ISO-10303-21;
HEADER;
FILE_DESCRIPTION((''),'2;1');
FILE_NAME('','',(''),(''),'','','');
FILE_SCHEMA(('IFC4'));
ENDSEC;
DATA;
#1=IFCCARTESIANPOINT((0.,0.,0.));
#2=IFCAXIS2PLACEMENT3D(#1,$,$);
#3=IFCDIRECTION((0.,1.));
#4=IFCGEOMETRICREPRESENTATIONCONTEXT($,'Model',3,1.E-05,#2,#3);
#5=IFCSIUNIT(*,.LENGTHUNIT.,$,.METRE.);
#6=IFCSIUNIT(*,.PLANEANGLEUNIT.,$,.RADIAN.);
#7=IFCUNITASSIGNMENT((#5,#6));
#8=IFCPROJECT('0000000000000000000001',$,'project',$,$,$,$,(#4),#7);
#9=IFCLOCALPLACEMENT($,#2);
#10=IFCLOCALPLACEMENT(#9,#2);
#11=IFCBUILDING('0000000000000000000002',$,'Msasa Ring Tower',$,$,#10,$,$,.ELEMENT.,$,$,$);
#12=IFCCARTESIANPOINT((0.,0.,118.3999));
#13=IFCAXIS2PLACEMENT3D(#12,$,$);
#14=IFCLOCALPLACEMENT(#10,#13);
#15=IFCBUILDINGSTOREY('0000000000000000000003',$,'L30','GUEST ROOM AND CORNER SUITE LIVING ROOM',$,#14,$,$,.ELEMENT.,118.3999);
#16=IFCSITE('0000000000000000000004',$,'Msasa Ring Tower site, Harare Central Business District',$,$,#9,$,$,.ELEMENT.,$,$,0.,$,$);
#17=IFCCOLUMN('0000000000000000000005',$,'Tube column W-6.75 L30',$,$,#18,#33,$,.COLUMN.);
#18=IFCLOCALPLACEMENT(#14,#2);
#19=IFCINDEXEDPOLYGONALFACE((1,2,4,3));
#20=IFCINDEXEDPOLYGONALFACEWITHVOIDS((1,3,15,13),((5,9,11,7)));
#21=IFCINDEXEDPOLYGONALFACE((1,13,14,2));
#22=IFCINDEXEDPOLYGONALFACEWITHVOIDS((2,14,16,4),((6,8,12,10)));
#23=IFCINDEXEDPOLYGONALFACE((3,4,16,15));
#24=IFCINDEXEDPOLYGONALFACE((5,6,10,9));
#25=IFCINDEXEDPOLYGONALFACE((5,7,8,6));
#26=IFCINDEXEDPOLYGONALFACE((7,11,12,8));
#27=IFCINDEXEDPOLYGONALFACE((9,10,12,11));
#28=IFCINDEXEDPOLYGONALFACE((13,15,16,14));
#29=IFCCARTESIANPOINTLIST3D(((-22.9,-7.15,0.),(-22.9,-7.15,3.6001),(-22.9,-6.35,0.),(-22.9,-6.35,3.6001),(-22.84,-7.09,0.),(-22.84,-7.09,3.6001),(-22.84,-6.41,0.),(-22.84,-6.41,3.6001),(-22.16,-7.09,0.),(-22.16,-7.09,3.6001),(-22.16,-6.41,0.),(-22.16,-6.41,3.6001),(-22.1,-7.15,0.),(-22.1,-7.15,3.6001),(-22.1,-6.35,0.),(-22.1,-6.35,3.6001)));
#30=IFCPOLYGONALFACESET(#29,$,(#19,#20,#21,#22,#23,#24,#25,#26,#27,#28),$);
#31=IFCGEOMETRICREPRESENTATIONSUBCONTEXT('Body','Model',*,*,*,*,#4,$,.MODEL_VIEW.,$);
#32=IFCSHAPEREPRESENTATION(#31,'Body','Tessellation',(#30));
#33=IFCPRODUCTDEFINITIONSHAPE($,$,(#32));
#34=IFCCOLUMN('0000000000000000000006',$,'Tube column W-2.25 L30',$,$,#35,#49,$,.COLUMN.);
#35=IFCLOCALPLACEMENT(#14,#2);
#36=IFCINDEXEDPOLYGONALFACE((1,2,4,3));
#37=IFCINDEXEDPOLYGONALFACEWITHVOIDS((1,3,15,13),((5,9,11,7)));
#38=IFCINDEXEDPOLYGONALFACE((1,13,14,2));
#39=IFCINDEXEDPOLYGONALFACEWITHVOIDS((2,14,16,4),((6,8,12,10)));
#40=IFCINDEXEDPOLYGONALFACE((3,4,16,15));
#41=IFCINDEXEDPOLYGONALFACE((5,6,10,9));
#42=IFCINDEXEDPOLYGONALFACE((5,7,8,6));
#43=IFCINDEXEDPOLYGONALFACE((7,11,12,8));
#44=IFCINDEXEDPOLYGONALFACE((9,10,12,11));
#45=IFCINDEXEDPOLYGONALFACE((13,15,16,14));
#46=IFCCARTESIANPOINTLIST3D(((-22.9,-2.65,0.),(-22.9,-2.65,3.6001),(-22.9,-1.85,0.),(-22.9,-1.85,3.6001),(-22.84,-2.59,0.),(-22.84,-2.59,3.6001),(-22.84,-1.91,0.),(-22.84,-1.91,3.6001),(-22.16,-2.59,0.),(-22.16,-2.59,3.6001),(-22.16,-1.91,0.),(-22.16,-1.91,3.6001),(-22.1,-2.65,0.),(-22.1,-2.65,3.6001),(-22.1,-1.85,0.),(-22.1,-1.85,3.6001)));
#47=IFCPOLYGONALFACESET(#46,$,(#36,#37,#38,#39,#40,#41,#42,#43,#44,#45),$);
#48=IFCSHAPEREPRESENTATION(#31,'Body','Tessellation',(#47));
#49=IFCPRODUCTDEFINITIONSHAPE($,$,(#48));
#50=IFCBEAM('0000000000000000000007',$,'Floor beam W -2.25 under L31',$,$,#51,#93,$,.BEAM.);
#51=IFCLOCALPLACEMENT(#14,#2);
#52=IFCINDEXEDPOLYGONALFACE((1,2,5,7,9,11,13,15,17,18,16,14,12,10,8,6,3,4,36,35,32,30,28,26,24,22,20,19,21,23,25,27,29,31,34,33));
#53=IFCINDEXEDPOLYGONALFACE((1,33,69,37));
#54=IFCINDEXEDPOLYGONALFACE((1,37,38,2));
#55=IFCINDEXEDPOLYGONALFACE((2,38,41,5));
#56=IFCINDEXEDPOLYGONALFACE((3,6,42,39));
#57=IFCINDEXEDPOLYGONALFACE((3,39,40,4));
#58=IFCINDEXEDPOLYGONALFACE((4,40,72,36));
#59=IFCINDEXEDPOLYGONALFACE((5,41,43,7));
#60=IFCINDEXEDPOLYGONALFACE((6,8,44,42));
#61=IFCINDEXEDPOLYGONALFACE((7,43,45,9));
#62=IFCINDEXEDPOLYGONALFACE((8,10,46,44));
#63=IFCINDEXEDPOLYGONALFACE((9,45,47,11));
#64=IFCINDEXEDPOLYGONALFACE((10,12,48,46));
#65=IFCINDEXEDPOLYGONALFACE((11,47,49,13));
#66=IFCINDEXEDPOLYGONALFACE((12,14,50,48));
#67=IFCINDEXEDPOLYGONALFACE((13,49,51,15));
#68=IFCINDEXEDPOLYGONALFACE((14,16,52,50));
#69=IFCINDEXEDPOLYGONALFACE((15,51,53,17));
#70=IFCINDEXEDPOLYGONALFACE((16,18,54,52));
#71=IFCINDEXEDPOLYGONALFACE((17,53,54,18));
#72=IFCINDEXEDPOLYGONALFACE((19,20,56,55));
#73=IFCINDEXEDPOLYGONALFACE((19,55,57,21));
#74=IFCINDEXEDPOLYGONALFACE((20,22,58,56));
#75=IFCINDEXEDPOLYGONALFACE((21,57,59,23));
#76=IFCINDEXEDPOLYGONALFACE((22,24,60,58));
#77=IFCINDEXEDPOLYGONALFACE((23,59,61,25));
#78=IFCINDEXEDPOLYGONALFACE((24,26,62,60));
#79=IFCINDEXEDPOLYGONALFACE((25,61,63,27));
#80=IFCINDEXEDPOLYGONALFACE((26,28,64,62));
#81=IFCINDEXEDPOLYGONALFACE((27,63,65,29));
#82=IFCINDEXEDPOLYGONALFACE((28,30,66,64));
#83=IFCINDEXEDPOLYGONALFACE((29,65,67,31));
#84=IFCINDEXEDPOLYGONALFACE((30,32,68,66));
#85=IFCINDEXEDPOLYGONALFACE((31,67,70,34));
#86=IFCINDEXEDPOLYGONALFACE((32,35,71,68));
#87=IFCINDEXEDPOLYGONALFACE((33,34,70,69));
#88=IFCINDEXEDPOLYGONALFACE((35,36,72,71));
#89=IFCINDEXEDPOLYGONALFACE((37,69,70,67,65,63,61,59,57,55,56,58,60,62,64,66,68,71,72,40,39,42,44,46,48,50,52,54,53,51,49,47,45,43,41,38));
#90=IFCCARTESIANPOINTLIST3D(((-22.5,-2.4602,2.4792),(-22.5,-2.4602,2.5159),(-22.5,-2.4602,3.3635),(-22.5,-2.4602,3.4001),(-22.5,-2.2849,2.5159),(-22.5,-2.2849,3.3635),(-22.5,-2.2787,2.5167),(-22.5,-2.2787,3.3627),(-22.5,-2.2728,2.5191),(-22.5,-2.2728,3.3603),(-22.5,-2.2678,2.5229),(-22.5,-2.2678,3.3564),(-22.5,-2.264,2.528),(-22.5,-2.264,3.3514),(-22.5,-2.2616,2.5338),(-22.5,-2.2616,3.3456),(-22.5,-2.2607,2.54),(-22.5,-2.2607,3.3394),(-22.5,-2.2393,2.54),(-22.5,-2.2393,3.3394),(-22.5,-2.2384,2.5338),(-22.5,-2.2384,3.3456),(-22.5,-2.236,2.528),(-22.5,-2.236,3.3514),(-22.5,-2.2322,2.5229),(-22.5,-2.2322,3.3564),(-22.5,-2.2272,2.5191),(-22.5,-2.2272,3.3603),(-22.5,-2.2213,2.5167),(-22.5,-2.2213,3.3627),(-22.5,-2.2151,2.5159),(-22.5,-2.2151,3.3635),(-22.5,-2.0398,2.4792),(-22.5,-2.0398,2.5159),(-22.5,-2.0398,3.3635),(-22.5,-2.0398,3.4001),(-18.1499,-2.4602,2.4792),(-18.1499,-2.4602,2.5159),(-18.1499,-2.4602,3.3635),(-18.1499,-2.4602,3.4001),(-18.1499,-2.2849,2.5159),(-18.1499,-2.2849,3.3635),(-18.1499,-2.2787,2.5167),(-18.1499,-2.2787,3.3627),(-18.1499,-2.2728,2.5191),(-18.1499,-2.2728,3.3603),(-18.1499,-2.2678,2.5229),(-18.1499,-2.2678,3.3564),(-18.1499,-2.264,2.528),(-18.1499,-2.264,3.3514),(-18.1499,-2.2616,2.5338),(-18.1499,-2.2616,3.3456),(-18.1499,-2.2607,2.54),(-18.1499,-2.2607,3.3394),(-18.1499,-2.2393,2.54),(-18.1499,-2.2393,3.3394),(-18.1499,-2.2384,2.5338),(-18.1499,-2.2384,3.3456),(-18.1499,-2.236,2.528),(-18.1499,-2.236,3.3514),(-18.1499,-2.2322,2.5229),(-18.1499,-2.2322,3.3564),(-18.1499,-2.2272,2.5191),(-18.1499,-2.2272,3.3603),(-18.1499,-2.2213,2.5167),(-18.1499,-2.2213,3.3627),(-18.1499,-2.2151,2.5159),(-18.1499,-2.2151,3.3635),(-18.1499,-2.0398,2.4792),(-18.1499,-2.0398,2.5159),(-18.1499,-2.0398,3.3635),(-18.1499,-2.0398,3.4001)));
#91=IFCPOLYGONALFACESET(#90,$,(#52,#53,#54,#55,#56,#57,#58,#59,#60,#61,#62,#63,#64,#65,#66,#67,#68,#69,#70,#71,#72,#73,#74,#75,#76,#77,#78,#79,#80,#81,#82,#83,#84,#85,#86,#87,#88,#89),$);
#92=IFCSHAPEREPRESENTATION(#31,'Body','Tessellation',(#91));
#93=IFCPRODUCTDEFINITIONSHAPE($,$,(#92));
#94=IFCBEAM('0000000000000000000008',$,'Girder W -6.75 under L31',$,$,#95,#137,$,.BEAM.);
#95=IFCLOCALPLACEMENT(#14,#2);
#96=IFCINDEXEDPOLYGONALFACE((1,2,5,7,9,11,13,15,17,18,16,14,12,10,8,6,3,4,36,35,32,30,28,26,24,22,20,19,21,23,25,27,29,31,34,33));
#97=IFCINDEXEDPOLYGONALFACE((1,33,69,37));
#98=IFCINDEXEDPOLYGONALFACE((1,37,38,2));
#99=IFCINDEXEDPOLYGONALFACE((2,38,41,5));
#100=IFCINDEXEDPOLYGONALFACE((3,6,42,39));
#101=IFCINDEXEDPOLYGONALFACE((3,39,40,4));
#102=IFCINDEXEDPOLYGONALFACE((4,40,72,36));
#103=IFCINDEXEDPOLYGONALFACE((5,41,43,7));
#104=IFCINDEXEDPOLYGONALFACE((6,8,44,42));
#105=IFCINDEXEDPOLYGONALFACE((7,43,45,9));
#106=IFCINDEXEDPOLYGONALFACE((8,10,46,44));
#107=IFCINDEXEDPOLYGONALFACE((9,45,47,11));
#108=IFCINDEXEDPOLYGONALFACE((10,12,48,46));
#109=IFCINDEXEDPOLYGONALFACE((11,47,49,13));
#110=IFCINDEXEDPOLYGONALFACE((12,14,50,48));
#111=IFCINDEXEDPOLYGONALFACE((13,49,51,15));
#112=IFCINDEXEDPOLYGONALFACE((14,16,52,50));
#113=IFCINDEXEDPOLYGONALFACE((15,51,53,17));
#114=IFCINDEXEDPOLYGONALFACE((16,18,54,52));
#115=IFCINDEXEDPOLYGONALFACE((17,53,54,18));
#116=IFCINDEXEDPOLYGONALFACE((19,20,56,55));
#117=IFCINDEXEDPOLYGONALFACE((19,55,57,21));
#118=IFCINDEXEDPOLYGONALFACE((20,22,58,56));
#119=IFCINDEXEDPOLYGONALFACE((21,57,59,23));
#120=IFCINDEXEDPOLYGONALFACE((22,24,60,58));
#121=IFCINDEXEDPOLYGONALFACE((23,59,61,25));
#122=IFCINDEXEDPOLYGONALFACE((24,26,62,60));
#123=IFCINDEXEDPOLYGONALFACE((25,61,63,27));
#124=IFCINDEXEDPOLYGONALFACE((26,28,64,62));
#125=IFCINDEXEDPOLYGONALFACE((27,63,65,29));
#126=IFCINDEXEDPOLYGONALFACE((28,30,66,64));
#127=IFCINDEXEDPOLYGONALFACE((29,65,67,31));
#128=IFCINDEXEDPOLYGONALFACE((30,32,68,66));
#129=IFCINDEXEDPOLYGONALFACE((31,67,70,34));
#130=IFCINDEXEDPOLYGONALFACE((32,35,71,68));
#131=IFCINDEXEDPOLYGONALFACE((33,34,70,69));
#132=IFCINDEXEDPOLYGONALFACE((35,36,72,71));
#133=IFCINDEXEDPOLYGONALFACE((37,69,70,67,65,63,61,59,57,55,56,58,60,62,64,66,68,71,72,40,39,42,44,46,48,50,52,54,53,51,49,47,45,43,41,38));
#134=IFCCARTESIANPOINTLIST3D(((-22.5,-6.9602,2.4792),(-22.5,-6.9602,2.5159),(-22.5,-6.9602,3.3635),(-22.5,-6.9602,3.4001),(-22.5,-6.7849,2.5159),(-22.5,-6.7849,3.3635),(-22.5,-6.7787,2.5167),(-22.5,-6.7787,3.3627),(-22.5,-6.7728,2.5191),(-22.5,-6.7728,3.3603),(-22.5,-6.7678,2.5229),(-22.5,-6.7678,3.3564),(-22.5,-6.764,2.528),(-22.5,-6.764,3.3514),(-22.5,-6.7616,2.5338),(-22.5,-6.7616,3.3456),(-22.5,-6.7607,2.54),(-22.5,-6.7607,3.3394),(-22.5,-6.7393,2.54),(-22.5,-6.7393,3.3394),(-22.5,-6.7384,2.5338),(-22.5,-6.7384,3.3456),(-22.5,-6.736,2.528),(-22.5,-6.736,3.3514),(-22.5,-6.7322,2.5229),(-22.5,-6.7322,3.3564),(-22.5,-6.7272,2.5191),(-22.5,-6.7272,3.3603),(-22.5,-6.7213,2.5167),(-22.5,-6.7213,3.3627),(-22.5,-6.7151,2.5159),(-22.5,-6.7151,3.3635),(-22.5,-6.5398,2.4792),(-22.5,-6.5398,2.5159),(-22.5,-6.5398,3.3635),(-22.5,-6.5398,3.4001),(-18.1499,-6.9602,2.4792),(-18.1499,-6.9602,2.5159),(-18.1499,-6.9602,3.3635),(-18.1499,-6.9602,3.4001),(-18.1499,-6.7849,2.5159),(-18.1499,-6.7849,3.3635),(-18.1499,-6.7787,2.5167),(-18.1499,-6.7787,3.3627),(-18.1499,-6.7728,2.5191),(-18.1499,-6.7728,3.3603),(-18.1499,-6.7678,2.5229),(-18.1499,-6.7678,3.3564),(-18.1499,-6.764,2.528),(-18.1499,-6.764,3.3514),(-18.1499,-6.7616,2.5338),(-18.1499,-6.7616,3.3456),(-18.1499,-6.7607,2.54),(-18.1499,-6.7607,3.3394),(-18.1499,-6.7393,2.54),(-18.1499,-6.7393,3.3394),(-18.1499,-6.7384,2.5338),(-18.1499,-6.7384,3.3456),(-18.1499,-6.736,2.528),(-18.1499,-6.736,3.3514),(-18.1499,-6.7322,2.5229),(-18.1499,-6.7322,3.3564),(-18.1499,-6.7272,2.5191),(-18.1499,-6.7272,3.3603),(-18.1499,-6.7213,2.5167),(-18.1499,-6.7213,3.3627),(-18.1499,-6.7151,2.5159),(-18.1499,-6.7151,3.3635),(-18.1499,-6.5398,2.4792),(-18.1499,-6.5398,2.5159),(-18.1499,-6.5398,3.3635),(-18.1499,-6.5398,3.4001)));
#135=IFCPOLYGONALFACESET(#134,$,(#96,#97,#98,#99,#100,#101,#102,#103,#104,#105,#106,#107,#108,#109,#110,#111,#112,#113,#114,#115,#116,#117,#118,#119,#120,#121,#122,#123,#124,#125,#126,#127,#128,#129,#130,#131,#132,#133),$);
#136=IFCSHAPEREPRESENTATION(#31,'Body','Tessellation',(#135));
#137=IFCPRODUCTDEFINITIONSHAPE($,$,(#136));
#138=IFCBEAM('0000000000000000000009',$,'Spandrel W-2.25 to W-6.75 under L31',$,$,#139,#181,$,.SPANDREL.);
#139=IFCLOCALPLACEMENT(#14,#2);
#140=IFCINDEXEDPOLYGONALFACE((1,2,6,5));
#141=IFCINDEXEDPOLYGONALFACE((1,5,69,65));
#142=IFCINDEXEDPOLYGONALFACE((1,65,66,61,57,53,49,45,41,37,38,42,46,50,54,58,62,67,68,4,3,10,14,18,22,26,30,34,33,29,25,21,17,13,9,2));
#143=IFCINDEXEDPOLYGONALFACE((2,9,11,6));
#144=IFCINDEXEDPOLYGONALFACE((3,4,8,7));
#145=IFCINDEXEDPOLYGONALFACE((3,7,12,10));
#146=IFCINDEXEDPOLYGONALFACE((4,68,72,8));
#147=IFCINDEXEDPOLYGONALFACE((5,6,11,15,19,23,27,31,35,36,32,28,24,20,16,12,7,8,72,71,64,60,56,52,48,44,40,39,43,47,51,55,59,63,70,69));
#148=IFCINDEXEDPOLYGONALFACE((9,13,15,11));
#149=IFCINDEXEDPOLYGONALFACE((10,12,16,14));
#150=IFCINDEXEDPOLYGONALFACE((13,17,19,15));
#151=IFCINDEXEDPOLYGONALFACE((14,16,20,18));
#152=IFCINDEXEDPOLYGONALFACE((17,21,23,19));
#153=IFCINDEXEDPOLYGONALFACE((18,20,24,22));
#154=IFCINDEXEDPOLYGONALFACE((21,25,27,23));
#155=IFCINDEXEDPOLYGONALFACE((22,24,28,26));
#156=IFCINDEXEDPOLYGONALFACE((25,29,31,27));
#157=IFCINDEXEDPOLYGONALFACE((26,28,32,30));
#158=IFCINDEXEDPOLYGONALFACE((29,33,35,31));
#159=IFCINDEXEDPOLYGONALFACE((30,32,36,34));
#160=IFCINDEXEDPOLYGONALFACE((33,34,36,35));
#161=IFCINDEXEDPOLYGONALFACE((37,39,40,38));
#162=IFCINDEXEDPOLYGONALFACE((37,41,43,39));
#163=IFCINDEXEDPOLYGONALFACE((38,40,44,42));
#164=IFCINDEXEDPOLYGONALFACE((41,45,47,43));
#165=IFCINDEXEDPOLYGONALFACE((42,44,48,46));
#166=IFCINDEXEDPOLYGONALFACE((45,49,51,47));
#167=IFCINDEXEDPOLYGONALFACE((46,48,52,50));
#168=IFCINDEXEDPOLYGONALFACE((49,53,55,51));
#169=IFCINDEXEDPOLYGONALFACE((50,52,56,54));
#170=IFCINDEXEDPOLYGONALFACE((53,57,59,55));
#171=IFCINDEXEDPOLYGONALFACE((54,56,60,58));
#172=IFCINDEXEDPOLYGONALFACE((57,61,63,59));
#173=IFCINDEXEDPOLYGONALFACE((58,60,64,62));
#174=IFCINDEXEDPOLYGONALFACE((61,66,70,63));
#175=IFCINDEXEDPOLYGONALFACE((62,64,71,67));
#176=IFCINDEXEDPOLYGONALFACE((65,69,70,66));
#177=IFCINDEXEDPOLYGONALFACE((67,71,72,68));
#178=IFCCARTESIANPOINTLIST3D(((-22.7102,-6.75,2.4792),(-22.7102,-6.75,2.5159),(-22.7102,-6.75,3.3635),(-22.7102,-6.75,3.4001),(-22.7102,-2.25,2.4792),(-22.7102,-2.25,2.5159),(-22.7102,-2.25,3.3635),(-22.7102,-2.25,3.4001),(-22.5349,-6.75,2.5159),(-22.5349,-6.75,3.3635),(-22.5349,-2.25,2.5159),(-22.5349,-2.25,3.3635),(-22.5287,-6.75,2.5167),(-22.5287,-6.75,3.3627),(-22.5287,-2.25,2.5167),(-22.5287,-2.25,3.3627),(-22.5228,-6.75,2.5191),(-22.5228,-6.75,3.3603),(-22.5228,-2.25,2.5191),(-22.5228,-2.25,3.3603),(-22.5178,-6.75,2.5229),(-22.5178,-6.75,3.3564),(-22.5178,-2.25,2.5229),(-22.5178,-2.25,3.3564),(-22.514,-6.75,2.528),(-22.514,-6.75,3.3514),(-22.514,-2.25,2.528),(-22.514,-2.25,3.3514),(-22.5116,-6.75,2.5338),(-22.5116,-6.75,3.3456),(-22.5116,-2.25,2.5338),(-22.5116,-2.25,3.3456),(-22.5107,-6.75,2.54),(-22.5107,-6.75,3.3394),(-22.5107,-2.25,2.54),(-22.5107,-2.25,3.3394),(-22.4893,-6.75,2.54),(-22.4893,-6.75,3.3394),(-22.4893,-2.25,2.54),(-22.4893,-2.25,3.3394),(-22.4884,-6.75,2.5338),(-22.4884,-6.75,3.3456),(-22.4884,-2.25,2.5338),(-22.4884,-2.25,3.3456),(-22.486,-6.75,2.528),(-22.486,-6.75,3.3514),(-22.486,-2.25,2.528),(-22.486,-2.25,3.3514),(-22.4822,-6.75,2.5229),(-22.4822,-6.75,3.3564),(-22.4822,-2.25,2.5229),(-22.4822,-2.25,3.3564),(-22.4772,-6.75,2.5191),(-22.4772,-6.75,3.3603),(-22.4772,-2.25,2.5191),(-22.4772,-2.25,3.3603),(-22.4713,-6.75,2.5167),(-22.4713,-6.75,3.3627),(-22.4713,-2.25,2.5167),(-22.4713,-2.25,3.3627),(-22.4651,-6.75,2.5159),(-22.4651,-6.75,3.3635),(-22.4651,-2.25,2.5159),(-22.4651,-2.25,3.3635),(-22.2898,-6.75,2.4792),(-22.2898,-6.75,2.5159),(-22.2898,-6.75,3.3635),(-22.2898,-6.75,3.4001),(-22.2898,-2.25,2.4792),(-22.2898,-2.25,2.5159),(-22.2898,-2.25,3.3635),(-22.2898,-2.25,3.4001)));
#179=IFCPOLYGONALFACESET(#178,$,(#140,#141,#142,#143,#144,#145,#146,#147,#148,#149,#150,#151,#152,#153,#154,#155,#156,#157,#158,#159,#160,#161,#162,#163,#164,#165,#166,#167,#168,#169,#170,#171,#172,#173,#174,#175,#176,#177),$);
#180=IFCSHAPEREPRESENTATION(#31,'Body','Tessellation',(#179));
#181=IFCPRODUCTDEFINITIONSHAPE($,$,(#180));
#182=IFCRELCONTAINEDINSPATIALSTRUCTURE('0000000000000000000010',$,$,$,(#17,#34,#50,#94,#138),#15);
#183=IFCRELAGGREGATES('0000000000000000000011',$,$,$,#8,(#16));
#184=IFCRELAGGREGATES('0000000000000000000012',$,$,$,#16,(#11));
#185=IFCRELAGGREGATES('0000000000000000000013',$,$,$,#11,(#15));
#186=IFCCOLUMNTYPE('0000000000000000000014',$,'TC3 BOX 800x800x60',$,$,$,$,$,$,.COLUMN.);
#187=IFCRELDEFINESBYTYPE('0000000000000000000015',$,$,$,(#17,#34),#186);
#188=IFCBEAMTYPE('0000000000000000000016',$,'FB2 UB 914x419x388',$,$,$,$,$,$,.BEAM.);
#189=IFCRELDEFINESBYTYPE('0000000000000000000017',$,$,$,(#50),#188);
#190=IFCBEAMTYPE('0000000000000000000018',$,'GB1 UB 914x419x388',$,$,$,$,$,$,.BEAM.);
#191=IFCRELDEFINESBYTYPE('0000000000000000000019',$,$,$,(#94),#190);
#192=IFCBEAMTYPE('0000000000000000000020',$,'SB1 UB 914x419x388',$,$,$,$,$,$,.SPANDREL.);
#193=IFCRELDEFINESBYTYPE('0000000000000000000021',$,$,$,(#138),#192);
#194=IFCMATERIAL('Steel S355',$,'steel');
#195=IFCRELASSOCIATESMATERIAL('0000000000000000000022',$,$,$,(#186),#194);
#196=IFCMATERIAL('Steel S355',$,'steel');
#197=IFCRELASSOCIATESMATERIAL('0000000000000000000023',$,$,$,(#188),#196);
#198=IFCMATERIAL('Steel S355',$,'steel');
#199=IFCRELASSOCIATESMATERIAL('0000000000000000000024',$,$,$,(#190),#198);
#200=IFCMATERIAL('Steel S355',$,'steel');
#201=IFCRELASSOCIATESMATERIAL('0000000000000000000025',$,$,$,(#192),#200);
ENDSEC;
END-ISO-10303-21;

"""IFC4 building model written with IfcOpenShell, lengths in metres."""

from ifc_helpers import new_model, si_unit, direction, frame, origin, origin_2d, place, context, subcontext, project, spatial, hollow_rectangle, i_section, extrude, material, material_profile, profile_set, type_object, element, save


model = new_model("IFC4")

# Units and contexts
model_context = context("Model", 3, precision=1e-05, world=origin(), true_north=direction((0.0, 1.0)))
body_context = subcontext(model_context, "Body", "Model", "MODEL_VIEW")
ifc_project = project(units=[si_unit("LENGTHUNIT", "METRE"), si_unit("PLANEANGLEUNIT", "RADIAN")], contexts=[model_context])

# Site, building, storey
site_placement = place(None, origin())
site = spatial("IfcSite", under=ifc_project, at=site_placement, Name="Msasa Ring Tower site, Harare Central Business District", CompositionType="ELEMENT", RefElevation=0.0)
building_placement = place(site_placement, origin())
building = spatial("IfcBuilding", under=site, at=building_placement, Name="Msasa Ring Tower", CompositionType="ELEMENT")
storey_placement = place(building_placement, frame((0.0, 0.0, 118.3999)))
storey = spatial("IfcBuildingStorey", under=building, at=storey_placement, Name="L30", Description="GUEST ROOM AND CORNER SUITE LIVING ROOM", CompositionType="ELEMENT", Elevation=118.3999)

# Columns
ifc_material_1 = material(Name="Steel S355", Category="steel")
ifc_material_profile_1 = material_profile(ifc_material_1, hollow_rectangle(XDim=0.8, YDim=0.8, WallThickness=0.0601, at=origin_2d()), Name="BOX 800x800x60")
ifc_profile_set_1 = profile_set([ifc_material_profile_1], Name="Steel S355")
column_type = type_object("IfcColumnType", Name="TC3 BOX 800x800x60", PredefinedType="COLUMN", material=ifc_profile_set_1)
for number, where, z_axis, x_axis, name in (
    (1, (-22.5, -6.75, 0.0), (0.0, 0.0, 1.0), (1.0, 0.0, 0.0), "Tube column W-6.75 L30"),
    (2, (-22.5, -2.25, 0.0), (0.0, 0.0, 1.0), (1.0, 0.0, 0.0), "Tube column W-2.25 L30"),
):
    element("IfcColumn", number, at=place(storey_placement, frame(where, z_axis=z_axis, x_axis=x_axis)), inside=storey, type_object=column_type, Name=name, PredefinedType="COLUMN", context=body_context, shape_type="SweptSolid", body=[
        extrude(hollow_rectangle(XDim=0.8, YDim=0.8, WallThickness=0.0601, at=origin_2d()), origin(), (0.0, 0.0, 1.0), 3.6001),
    ])

# Beams
ifc_material_2 = material(Name="Steel S355", Category="steel")
ifc_material_profile_2 = material_profile(ifc_material_2, i_section(OverallWidth=0.4204, OverallDepth=0.9209, WebThickness=0.0215, FlangeThickness=0.0366, FilletRadius=0.0242, at=origin_2d()), Name="UB 914x419x388")
ifc_profile_set_2 = profile_set([ifc_material_profile_2], Name="Steel S355")
beam_type_1 = type_object("IfcBeamType", Name="FB2 UB 914x419x388", PredefinedType="BEAM", material=ifc_profile_set_2)
beam_1_placement = place(storey_placement, frame((-22.5, -2.25, 2.9397), z_axis=(1.0, 0.0, 0.0), x_axis=(0.0, 1.0, 0.0)))
element("IfcBeam", 3, at=beam_1_placement, inside=storey, type_object=beam_type_1, Name="Floor beam W -2.25 under L31", PredefinedType="BEAM", context=body_context, shape_type="SweptSolid", body=[
    extrude(i_section(OverallWidth=0.4204, OverallDepth=0.9209, WebThickness=0.0215, FlangeThickness=0.0366, FilletRadius=0.0242, at=origin_2d()), origin(), (0.0, 0.0, 1.0), 4.3501),
])
ifc_material_3 = material(Name="Steel S355", Category="steel")
ifc_material_profile_3 = material_profile(ifc_material_3, i_section(OverallWidth=0.4204, OverallDepth=0.9209, WebThickness=0.0215, FlangeThickness=0.0366, FilletRadius=0.0242, at=origin_2d()), Name="UB 914x419x388")
ifc_profile_set_3 = profile_set([ifc_material_profile_3], Name="Steel S355")
beam_type_2 = type_object("IfcBeamType", Name="GB1 UB 914x419x388", PredefinedType="BEAM", material=ifc_profile_set_3)
beam_2_placement = place(storey_placement, frame((-18.1499, -6.75, 2.9397), z_axis=(-1.0, 0.0, 0.0), x_axis=(0.0, -1.0, 0.0)))
element("IfcBeam", 4, at=beam_2_placement, inside=storey, type_object=beam_type_2, Name="Girder W -6.75 under L31", PredefinedType="BEAM", context=body_context, shape_type="SweptSolid", body=[
    extrude(i_section(OverallWidth=0.4204, OverallDepth=0.9209, WebThickness=0.0215, FlangeThickness=0.0366, FilletRadius=0.0242, at=origin_2d()), origin(), (0.0, 0.0, 1.0), 4.3501),
])
ifc_material_4 = material(Name="Steel S355", Category="steel")
ifc_material_profile_4 = material_profile(ifc_material_4, i_section(OverallWidth=0.4204, OverallDepth=0.9209, WebThickness=0.0215, FlangeThickness=0.0366, FilletRadius=0.0242, at=origin_2d()), Name="UB 914x419x388")
ifc_profile_set_4 = profile_set([ifc_material_profile_4], Name="Steel S355")
beam_type_3 = type_object("IfcBeamType", Name="SB1 UB 914x419x388", PredefinedType="SPANDREL", material=ifc_profile_set_4)
for number, where, z_axis, x_axis, name in (
    (5, (-22.5, -2.25, 2.9397), (0.0, -1.0, 0.0), (1.0, 0.0, 0.0), "Spandrel W-2.25 to W-6.75 under L31"),
):
    element("IfcBeam", number, at=place(storey_placement, frame(where, z_axis=z_axis, x_axis=x_axis)), inside=storey, type_object=beam_type_3, Name=name, PredefinedType="SPANDREL", context=body_context, shape_type="SweptSolid", body=[
        extrude(i_section(OverallWidth=0.4204, OverallDepth=0.9209, WebThickness=0.0215, FlangeThickness=0.0366, FilletRadius=0.0242, at=origin_2d()), origin(), (0.0, 0.0, 1.0), 4.5),
    ])

save(model, "model.ifc")
